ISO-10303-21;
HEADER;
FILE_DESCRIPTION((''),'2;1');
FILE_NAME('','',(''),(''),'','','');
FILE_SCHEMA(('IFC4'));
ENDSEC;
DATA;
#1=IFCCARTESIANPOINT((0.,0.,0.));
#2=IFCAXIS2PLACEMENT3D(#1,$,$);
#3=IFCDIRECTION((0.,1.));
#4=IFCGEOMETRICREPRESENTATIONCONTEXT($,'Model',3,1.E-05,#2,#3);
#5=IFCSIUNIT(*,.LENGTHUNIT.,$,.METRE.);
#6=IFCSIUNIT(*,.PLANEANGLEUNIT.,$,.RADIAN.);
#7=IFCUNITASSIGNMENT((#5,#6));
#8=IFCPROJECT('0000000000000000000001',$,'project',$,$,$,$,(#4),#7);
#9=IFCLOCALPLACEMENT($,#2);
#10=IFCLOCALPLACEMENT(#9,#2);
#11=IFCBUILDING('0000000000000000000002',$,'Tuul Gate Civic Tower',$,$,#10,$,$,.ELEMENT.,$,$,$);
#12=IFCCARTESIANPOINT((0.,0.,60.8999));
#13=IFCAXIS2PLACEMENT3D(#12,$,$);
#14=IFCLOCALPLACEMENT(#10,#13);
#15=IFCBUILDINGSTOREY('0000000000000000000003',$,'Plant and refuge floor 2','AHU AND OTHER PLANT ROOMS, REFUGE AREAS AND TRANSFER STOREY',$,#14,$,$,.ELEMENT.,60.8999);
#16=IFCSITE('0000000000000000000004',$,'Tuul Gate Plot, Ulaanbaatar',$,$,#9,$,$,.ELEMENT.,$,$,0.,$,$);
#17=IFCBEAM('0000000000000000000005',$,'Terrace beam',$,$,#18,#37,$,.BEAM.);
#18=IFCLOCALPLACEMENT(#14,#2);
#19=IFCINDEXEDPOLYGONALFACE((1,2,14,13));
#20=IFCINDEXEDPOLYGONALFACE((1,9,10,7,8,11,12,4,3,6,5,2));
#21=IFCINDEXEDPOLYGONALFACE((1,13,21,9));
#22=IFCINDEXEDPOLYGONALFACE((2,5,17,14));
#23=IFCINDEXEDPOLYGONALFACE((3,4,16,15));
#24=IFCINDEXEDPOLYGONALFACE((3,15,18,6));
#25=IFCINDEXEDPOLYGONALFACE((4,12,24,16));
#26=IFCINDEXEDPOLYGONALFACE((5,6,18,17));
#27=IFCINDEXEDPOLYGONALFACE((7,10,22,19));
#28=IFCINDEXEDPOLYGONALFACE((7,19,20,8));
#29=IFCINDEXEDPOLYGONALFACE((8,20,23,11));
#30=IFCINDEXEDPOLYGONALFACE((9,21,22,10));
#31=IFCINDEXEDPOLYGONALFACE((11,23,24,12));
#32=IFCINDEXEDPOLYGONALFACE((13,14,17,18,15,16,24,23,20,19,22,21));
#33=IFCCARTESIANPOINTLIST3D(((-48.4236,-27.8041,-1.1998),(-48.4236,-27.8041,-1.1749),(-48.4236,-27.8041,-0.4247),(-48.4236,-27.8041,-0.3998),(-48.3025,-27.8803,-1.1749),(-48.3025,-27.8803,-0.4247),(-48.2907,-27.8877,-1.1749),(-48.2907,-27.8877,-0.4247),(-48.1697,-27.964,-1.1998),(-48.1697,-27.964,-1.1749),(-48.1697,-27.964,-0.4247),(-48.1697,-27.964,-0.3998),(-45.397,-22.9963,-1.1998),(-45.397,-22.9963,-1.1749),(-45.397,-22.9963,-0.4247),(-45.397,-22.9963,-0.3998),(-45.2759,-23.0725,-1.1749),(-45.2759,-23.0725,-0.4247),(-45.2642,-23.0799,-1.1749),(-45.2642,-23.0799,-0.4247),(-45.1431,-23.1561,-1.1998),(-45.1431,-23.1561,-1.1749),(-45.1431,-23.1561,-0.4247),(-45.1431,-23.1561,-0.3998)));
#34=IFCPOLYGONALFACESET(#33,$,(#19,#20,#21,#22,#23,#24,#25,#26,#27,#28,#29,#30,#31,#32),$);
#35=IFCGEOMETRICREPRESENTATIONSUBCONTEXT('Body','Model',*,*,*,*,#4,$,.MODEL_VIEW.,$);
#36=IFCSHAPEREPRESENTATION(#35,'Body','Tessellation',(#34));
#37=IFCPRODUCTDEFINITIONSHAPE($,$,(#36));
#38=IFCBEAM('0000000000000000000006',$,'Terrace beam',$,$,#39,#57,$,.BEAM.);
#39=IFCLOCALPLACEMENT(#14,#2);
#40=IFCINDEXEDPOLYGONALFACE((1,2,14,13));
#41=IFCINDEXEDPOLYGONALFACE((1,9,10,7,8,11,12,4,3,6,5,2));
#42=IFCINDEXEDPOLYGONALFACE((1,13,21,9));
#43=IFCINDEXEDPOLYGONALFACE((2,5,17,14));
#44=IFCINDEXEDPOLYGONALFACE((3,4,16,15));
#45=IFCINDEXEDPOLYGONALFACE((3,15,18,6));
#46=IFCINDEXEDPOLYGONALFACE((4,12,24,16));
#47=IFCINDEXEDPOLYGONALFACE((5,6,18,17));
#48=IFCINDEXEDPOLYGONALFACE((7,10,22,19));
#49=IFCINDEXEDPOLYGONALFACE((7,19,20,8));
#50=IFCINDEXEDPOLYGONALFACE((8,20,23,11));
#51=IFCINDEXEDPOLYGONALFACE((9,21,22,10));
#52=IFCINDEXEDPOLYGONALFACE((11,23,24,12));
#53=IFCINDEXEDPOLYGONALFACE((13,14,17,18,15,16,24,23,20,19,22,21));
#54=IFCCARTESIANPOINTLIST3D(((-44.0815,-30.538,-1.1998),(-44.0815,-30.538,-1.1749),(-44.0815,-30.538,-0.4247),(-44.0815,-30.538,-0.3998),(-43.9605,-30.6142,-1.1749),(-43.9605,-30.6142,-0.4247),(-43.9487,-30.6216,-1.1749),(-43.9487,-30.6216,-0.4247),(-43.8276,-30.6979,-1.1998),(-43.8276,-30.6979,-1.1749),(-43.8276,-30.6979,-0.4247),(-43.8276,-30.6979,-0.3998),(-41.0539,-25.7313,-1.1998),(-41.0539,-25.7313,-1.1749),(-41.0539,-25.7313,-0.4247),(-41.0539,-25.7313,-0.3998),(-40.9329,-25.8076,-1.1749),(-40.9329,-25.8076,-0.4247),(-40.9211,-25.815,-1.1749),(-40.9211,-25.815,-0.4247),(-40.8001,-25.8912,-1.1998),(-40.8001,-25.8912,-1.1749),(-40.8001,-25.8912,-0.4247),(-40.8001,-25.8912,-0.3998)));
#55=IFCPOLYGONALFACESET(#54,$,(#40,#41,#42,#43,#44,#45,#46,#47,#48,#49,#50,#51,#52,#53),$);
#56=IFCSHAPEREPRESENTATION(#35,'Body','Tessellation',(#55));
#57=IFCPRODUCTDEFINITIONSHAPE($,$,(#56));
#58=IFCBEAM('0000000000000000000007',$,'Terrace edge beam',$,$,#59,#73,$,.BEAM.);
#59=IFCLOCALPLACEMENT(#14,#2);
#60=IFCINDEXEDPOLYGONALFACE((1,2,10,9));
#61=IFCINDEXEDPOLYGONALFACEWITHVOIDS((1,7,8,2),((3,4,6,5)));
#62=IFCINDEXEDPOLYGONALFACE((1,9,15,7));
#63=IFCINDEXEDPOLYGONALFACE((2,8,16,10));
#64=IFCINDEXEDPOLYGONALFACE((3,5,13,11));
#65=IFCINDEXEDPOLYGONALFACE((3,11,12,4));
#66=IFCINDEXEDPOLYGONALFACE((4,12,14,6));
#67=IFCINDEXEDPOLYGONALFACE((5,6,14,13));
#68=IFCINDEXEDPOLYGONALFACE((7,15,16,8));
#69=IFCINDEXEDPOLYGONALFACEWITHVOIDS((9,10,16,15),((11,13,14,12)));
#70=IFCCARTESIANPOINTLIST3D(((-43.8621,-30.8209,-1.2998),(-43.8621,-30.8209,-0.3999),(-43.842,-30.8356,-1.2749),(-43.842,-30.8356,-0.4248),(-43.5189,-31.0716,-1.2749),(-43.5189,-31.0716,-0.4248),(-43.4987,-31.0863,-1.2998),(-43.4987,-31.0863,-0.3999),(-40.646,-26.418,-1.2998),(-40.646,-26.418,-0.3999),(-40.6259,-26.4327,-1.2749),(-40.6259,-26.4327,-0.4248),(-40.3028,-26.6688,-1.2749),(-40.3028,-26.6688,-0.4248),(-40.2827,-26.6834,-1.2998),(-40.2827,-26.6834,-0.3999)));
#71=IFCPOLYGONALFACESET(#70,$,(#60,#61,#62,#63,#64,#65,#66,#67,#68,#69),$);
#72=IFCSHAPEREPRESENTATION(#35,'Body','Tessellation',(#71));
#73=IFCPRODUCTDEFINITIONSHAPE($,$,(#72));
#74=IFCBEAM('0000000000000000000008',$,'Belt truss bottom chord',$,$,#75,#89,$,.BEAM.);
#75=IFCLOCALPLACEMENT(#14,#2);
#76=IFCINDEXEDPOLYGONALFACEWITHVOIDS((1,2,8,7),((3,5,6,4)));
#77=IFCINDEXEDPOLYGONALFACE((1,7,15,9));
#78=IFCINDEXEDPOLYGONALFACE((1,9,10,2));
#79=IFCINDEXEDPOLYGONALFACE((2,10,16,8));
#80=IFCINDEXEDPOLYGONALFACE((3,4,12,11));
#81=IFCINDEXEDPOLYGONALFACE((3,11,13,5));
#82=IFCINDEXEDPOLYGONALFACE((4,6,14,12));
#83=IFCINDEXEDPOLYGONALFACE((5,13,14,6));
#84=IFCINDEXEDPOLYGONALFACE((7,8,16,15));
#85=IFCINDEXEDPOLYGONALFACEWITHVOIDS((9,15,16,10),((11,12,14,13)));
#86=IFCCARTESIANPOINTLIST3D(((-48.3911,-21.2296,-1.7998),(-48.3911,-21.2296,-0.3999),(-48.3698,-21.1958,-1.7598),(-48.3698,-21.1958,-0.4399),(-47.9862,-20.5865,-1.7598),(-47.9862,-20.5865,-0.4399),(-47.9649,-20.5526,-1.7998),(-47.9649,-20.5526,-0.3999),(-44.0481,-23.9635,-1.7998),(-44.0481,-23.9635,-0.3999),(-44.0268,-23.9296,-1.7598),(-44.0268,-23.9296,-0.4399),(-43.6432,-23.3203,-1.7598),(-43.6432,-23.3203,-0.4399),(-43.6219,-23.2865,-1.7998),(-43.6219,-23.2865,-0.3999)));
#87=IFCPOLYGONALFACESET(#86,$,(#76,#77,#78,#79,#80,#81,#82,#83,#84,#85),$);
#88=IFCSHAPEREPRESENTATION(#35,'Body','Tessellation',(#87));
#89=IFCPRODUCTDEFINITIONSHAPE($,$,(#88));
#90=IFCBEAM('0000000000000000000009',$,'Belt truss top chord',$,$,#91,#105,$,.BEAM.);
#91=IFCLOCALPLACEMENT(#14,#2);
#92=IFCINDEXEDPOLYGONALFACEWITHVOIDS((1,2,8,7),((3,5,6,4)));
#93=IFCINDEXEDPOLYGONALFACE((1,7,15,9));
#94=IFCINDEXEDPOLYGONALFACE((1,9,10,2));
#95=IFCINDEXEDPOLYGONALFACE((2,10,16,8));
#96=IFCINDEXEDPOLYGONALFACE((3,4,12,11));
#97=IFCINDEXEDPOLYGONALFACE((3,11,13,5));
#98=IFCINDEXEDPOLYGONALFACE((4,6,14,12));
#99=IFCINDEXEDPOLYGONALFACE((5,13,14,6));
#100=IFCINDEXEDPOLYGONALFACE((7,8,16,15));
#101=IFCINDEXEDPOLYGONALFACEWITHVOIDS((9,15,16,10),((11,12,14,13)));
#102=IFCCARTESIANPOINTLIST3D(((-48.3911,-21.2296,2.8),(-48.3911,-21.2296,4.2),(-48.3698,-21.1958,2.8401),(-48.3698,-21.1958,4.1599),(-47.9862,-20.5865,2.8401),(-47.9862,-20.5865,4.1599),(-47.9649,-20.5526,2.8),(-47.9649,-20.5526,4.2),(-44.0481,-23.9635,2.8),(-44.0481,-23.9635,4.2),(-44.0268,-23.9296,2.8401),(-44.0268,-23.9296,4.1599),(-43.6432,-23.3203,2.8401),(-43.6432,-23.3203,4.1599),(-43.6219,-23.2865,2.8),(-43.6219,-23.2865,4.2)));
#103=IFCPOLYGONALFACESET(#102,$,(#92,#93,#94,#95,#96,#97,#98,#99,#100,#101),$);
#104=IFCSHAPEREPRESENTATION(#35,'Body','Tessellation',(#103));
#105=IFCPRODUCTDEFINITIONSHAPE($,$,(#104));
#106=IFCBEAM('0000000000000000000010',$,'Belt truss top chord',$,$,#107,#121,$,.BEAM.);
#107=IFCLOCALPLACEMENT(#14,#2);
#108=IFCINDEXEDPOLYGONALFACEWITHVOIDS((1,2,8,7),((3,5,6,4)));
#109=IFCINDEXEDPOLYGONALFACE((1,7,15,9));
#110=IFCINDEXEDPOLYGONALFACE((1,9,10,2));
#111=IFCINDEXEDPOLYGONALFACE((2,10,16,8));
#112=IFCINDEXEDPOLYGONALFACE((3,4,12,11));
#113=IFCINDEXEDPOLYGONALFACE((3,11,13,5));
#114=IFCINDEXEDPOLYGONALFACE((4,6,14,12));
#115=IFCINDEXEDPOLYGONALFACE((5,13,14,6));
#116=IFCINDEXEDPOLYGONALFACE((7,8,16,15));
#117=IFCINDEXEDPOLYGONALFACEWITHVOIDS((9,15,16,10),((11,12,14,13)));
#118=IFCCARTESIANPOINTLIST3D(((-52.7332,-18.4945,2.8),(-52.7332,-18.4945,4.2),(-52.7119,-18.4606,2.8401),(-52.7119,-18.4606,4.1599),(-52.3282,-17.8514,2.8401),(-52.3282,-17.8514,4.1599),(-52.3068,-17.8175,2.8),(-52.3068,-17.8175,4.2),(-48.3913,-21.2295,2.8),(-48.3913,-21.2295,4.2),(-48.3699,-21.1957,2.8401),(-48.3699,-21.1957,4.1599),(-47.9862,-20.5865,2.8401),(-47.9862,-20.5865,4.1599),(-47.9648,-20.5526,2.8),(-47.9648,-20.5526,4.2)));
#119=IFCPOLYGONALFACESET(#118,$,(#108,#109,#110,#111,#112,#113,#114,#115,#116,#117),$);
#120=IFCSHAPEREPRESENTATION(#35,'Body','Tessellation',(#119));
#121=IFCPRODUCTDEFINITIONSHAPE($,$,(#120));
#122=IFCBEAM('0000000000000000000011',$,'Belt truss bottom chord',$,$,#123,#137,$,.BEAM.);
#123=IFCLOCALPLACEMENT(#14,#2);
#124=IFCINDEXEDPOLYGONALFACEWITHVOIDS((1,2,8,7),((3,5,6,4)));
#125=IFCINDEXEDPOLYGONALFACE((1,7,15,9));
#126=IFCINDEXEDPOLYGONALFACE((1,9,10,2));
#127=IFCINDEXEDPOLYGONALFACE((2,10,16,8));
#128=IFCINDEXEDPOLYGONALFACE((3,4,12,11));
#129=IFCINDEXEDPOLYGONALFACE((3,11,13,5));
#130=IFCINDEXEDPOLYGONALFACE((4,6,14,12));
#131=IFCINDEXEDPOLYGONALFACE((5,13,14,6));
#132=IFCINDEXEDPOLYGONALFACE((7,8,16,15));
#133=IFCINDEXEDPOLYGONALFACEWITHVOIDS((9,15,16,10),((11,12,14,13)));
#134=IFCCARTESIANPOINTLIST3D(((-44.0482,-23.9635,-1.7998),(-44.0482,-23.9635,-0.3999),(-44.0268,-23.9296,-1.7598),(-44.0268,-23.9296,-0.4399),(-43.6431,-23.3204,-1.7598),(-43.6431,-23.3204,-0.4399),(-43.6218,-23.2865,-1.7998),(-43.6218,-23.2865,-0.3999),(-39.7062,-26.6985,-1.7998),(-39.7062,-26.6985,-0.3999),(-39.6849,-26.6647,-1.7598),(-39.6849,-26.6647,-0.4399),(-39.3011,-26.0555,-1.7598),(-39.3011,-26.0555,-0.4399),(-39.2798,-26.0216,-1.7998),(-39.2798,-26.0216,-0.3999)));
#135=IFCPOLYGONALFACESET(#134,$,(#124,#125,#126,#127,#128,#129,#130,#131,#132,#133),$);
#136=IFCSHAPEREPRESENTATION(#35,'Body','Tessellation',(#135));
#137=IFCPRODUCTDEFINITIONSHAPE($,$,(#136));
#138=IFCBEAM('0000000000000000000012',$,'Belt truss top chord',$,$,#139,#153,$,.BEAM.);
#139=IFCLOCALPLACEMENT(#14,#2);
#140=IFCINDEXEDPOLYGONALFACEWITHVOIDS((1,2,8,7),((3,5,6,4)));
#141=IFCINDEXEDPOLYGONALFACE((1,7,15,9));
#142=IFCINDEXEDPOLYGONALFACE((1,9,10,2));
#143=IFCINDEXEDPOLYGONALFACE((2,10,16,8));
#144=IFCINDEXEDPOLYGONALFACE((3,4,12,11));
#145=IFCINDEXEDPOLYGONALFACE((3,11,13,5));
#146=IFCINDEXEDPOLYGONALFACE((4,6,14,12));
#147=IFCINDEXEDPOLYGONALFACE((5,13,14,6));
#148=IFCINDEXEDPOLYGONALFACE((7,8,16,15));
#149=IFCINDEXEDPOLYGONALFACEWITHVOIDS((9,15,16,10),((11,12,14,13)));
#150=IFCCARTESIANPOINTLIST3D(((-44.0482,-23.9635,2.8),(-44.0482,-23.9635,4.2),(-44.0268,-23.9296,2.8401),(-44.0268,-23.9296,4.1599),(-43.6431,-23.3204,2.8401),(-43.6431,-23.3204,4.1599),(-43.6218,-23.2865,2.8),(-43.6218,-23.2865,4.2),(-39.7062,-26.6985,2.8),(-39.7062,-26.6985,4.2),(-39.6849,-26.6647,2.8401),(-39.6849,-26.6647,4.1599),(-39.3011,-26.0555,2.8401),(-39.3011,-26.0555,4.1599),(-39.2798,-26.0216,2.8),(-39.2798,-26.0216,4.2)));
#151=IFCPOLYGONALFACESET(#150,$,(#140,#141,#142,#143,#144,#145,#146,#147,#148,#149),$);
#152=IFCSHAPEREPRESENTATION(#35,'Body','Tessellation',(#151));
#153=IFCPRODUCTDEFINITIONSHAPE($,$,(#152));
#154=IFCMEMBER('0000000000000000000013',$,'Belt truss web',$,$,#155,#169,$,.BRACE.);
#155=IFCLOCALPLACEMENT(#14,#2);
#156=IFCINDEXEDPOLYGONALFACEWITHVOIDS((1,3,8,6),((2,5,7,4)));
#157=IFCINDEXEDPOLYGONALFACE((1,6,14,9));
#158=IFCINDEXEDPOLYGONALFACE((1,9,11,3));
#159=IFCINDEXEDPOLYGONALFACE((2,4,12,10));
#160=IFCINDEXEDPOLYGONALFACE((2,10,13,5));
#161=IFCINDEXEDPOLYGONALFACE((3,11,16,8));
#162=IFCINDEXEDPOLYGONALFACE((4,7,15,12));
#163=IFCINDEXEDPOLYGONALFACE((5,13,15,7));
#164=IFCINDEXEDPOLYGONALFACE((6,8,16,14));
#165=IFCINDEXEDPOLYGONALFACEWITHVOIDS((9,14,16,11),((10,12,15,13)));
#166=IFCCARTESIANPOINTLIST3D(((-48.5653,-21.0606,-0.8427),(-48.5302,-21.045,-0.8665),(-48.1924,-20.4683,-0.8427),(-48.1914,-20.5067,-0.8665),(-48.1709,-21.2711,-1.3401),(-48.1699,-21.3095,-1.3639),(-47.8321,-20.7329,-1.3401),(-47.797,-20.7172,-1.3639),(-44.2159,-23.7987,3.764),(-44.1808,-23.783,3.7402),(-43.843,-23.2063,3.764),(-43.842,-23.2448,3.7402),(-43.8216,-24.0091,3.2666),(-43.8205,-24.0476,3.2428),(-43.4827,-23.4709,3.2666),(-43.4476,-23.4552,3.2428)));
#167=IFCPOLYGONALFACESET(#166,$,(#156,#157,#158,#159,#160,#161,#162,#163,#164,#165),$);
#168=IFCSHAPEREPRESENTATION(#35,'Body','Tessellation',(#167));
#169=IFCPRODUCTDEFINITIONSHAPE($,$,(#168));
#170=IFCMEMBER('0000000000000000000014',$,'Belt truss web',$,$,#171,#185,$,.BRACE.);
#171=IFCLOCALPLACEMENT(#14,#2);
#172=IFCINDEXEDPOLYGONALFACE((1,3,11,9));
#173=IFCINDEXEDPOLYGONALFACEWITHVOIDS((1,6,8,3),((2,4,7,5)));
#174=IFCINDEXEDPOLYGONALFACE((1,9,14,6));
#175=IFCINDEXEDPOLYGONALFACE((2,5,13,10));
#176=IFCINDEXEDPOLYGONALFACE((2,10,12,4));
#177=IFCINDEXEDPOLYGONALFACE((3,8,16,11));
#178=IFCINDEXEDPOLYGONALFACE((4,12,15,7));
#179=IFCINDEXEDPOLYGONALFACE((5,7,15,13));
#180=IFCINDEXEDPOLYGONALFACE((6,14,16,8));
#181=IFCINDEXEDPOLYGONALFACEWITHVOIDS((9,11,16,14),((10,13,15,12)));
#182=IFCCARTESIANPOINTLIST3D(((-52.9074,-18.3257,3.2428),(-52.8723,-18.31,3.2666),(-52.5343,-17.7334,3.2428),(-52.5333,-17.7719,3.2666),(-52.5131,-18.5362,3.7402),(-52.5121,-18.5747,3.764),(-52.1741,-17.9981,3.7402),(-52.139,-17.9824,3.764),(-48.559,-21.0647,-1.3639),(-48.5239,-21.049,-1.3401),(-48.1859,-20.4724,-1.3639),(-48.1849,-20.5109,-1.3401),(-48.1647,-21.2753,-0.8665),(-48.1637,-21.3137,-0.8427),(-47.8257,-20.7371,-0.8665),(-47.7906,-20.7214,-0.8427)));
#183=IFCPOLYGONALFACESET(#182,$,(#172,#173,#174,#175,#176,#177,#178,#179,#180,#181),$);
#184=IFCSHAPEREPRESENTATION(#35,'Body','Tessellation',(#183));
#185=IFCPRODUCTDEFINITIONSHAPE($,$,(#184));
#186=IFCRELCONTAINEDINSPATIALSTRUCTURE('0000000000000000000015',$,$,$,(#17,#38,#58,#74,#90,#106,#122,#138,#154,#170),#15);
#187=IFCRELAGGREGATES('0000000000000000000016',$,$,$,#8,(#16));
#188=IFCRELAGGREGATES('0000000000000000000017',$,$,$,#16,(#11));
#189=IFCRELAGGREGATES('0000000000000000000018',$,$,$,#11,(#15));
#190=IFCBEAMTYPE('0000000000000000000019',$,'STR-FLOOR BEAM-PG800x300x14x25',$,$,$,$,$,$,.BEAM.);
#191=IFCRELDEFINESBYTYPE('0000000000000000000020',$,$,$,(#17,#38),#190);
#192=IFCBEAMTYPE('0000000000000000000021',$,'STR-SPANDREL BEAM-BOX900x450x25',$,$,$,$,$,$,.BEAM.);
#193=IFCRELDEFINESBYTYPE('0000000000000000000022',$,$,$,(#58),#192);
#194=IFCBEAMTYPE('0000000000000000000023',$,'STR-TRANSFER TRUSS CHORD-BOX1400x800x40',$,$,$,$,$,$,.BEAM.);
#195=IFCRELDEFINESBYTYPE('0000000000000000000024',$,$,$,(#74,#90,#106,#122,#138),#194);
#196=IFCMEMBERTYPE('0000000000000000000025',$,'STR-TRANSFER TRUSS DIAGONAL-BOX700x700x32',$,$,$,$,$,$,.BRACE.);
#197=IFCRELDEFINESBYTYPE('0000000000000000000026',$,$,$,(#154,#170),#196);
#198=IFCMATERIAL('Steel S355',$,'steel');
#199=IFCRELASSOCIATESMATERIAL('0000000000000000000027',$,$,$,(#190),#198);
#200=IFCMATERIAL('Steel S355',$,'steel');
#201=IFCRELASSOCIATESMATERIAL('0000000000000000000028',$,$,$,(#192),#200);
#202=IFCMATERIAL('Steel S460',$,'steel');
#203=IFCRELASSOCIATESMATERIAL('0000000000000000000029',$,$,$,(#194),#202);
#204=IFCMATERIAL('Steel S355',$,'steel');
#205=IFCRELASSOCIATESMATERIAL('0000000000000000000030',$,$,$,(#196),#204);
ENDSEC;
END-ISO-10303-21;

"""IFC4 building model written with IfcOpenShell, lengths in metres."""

from ifc_helpers import new_model, si_unit, direction, frame, origin, origin_2d, place, context, subcontext, project, spatial, hollow_rectangle, i_section, extrude, material, material_profile, profile_set, type_object, element, save


model = new_model("IFC4")

# Units and contexts
model_context = context("Model", 3, precision=1e-05, world=origin(), true_north=direction((0.0, 1.0)))
body_context = subcontext(model_context, "Body", "Model", "MODEL_VIEW")
ifc_project = project(units=[si_unit("LENGTHUNIT", "METRE"), si_unit("PLANEANGLEUNIT", "RADIAN")], contexts=[model_context])

# Site, building, storey
site_placement = place(None, origin())
site = spatial("IfcSite", under=ifc_project, at=site_placement, Name="Tuul Gate Plot, Ulaanbaatar", CompositionType="ELEMENT", RefElevation=0.0)
building_placement = place(site_placement, origin())
building = spatial("IfcBuilding", under=site, at=building_placement, Name="Tuul Gate Civic Tower", CompositionType="ELEMENT")
storey_placement = place(building_placement, frame((0.0, 0.0, 60.8999)))
storey = spatial("IfcBuildingStorey", under=building, at=storey_placement, Name="Plant and refuge floor 2", Description="AHU AND OTHER PLANT ROOMS, REFUGE AREAS AND TRANSFER STOREY", CompositionType="ELEMENT", Elevation=60.8999)

# Beams
ifc_material_1 = material(Name="Steel S355", Category="steel")
ifc_material_profile_1 = material_profile(ifc_material_1, i_section(OverallWidth=0.3, OverallDepth=0.8, WebThickness=0.0139, FlangeThickness=0.0249, at=origin_2d()), Name="PG800x300x14x25")
ifc_profile_set_1 = profile_set([ifc_material_profile_1], Name="Steel S355")
beam_type_1 = type_object("IfcBeamType", Name="STR-FLOOR BEAM-PG800x300x14x25", PredefinedType="BEAM", material=ifc_profile_set_1)
beam_1_placement = place(storey_placement, frame((-48.2966, -27.884, -0.7998), z_axis=(0.532743, 0.846277, 0.0), x_axis=(-0.846277, 0.532743, 0.0)))
element("IfcBeam", 1, at=beam_1_placement, inside=storey, type_object=beam_type_1, Name="Terrace beam", PredefinedType="BEAM", context=body_context, shape_type="SweptSolid", body=[
    extrude(i_section(OverallWidth=0.3, OverallDepth=0.8, WebThickness=0.0139, FlangeThickness=0.0249, at=origin_2d()), origin(), (0.0, 0.0, 1.0), 5.6812),
])
beam_2_placement = place(storey_placement, frame((-43.9546, -30.6179, -0.7998), z_axis=(0.532963, 0.846139, 0.0), x_axis=(-0.846139, 0.532963, 0.0)))
element("IfcBeam", 2, at=beam_2_placement, inside=storey, type_object=beam_type_1, Name="Terrace beam", PredefinedType="BEAM", context=body_context, shape_type="SweptSolid", body=[
    extrude(i_section(OverallWidth=0.3, OverallDepth=0.8, WebThickness=0.0139, FlangeThickness=0.0249, at=origin_2d()), origin(), (0.0, 0.0, 1.0), 5.6807),
])
ifc_material_2 = material(Name="Steel S355", Category="steel")
ifc_material_profile_2 = material_profile(ifc_material_2, hollow_rectangle(XDim=0.45, YDim=0.8999, WallThickness=0.0249, at=origin_2d()), Name="BOX900x450x25")
ifc_profile_set_2 = profile_set([ifc_material_profile_2], Name="Steel S355")
beam_type_2 = type_object("IfcBeamType", Name="STR-SPANDREL BEAM-BOX900x450x25", PredefinedType="BEAM", material=ifc_profile_set_2)
beam_3_placement = place(storey_placement, frame((-43.6804, -30.9536, -0.8499), z_axis=(0.58985, 0.807513, 0.0), x_axis=(-0.807513, 0.58985, 0.0)))
element("IfcBeam", 3, at=beam_3_placement, inside=storey, type_object=beam_type_2, Name="Terrace edge beam", PredefinedType="BEAM", context=body_context, shape_type="SweptSolid", body=[
    extrude(hollow_rectangle(XDim=0.45, YDim=0.8999, WallThickness=0.0249, at=origin_2d()), origin(), (0.0, 0.0, 1.0), 5.4524),
])
ifc_material_3 = material(Name="Steel S460", Category="steel")
ifc_material_profile_3 = material_profile(ifc_material_3, hollow_rectangle(XDim=0.8, YDim=1.3999, WallThickness=0.04, at=origin_2d()), Name="BOX1400x800x40")
ifc_profile_set_3 = profile_set([ifc_material_profile_3], Name="Steel S460")
beam_type_3 = type_object("IfcBeamType", Name="STR-TRANSFER TRUSS CHORD-BOX1400x800x40", PredefinedType="BEAM", material=ifc_profile_set_3)
for number, where, z_axis, x_axis, name in (
    (4, (-48.178, -20.8911, -1.0999), (0.846286, -0.532729, 0.0), (0.532729, 0.846286, 0.0), "Belt truss bottom chord"),
    (5, (-48.178, -20.8911, 3.5), (0.846286, -0.532729, 0.0), (0.532729, 0.846286, 0.0), "Belt truss top chord"),
):
    element("IfcBeam", number, at=place(storey_placement, frame(where, z_axis=z_axis, x_axis=x_axis)), inside=storey, type_object=beam_type_3, Name=name, PredefinedType="BEAM", context=body_context, shape_type="SweptSolid", body=[
        extrude(hollow_rectangle(XDim=0.8, YDim=1.3999, WallThickness=0.04, at=origin_2d()), origin(), (0.0, 0.0, 1.0), 5.1318),
    ])
for number, where, z_axis, x_axis, name in (
    (6, (-52.52, -18.156, 3.5), (0.846125, -0.532985, 0.0), (0.532985, 0.846125, 0.0), "Belt truss top chord"),
    (7, (-43.835, -23.625, -1.0999), (0.846125, -0.532985, 0.0), (0.532985, 0.846125, 0.0), "Belt truss bottom chord"),
    (8, (-43.835, -23.625, 3.5), (0.846125, -0.532985, 0.0), (0.532985, 0.846125, 0.0), "Belt truss top chord"),
):
    element("IfcBeam", number, at=place(storey_placement, frame(where, z_axis=z_axis, x_axis=x_axis)), inside=storey, type_object=beam_type_3, Name=name, PredefinedType="BEAM", context=body_context, shape_type="SweptSolid", body=[
        extrude(hollow_rectangle(XDim=0.8, YDim=1.3999, WallThickness=0.04, at=origin_2d()), origin(), (0.0, 0.0, 1.0), 5.1316),
    ])

# Members
ifc_material_4 = material(Name="Steel S355", Category="steel")
ifc_material_profile_4 = material_profile(ifc_material_4, hollow_rectangle(XDim=0.7, YDim=0.7, WallThickness=0.032, at=origin_2d()), Name="BOX700x700x32")
ifc_profile_set_4 = profile_set([ifc_material_profile_4], Name="Steel S355")
member_type_1 = type_object("IfcMemberType", Name="STR-TRANSFER TRUSS DIAGONAL-BOX700x700x32", PredefinedType="BRACE", material=ifc_profile_set_4)
member_placement = place(storey_placement, frame((-48.1812, -20.8889, -1.1033), z_axis=(0.630175, -0.396711, 0.667458), x_axis=(0.53275, 0.846273, 0.0)))
element("IfcMember", 9, at=member_placement, inside=storey, type_object=member_type_1, Name="Belt truss web", PredefinedType="BRACE", context=body_context, shape_type="SweptSolid", body=[
    extrude(hollow_rectangle(XDim=0.7, YDim=0.7, WallThickness=0.032, at=origin_2d()), origin(), (0.0, 0.0, 1.0), 6.9019),
])
for number, where, z_axis, x_axis, name in (
    (10, (-48.1748, -20.8931, -1.1033), (-0.630054, 0.396866, 0.66748), (-0.532972, -0.846133, 0.0), "Belt truss web"),
):
    element("IfcMember", number, at=place(storey_placement, frame(where, z_axis=z_axis, x_axis=x_axis)), inside=storey, type_object=member_type_1, Name=name, PredefinedType="BRACE", context=body_context, shape_type="SweptSolid", body=[
        extrude(hollow_rectangle(XDim=0.7, YDim=0.7, WallThickness=0.032, at=origin_2d()), origin(), (0.0, 0.0, 1.0), 6.9016),
    ])

save(model, "model.ifc")
